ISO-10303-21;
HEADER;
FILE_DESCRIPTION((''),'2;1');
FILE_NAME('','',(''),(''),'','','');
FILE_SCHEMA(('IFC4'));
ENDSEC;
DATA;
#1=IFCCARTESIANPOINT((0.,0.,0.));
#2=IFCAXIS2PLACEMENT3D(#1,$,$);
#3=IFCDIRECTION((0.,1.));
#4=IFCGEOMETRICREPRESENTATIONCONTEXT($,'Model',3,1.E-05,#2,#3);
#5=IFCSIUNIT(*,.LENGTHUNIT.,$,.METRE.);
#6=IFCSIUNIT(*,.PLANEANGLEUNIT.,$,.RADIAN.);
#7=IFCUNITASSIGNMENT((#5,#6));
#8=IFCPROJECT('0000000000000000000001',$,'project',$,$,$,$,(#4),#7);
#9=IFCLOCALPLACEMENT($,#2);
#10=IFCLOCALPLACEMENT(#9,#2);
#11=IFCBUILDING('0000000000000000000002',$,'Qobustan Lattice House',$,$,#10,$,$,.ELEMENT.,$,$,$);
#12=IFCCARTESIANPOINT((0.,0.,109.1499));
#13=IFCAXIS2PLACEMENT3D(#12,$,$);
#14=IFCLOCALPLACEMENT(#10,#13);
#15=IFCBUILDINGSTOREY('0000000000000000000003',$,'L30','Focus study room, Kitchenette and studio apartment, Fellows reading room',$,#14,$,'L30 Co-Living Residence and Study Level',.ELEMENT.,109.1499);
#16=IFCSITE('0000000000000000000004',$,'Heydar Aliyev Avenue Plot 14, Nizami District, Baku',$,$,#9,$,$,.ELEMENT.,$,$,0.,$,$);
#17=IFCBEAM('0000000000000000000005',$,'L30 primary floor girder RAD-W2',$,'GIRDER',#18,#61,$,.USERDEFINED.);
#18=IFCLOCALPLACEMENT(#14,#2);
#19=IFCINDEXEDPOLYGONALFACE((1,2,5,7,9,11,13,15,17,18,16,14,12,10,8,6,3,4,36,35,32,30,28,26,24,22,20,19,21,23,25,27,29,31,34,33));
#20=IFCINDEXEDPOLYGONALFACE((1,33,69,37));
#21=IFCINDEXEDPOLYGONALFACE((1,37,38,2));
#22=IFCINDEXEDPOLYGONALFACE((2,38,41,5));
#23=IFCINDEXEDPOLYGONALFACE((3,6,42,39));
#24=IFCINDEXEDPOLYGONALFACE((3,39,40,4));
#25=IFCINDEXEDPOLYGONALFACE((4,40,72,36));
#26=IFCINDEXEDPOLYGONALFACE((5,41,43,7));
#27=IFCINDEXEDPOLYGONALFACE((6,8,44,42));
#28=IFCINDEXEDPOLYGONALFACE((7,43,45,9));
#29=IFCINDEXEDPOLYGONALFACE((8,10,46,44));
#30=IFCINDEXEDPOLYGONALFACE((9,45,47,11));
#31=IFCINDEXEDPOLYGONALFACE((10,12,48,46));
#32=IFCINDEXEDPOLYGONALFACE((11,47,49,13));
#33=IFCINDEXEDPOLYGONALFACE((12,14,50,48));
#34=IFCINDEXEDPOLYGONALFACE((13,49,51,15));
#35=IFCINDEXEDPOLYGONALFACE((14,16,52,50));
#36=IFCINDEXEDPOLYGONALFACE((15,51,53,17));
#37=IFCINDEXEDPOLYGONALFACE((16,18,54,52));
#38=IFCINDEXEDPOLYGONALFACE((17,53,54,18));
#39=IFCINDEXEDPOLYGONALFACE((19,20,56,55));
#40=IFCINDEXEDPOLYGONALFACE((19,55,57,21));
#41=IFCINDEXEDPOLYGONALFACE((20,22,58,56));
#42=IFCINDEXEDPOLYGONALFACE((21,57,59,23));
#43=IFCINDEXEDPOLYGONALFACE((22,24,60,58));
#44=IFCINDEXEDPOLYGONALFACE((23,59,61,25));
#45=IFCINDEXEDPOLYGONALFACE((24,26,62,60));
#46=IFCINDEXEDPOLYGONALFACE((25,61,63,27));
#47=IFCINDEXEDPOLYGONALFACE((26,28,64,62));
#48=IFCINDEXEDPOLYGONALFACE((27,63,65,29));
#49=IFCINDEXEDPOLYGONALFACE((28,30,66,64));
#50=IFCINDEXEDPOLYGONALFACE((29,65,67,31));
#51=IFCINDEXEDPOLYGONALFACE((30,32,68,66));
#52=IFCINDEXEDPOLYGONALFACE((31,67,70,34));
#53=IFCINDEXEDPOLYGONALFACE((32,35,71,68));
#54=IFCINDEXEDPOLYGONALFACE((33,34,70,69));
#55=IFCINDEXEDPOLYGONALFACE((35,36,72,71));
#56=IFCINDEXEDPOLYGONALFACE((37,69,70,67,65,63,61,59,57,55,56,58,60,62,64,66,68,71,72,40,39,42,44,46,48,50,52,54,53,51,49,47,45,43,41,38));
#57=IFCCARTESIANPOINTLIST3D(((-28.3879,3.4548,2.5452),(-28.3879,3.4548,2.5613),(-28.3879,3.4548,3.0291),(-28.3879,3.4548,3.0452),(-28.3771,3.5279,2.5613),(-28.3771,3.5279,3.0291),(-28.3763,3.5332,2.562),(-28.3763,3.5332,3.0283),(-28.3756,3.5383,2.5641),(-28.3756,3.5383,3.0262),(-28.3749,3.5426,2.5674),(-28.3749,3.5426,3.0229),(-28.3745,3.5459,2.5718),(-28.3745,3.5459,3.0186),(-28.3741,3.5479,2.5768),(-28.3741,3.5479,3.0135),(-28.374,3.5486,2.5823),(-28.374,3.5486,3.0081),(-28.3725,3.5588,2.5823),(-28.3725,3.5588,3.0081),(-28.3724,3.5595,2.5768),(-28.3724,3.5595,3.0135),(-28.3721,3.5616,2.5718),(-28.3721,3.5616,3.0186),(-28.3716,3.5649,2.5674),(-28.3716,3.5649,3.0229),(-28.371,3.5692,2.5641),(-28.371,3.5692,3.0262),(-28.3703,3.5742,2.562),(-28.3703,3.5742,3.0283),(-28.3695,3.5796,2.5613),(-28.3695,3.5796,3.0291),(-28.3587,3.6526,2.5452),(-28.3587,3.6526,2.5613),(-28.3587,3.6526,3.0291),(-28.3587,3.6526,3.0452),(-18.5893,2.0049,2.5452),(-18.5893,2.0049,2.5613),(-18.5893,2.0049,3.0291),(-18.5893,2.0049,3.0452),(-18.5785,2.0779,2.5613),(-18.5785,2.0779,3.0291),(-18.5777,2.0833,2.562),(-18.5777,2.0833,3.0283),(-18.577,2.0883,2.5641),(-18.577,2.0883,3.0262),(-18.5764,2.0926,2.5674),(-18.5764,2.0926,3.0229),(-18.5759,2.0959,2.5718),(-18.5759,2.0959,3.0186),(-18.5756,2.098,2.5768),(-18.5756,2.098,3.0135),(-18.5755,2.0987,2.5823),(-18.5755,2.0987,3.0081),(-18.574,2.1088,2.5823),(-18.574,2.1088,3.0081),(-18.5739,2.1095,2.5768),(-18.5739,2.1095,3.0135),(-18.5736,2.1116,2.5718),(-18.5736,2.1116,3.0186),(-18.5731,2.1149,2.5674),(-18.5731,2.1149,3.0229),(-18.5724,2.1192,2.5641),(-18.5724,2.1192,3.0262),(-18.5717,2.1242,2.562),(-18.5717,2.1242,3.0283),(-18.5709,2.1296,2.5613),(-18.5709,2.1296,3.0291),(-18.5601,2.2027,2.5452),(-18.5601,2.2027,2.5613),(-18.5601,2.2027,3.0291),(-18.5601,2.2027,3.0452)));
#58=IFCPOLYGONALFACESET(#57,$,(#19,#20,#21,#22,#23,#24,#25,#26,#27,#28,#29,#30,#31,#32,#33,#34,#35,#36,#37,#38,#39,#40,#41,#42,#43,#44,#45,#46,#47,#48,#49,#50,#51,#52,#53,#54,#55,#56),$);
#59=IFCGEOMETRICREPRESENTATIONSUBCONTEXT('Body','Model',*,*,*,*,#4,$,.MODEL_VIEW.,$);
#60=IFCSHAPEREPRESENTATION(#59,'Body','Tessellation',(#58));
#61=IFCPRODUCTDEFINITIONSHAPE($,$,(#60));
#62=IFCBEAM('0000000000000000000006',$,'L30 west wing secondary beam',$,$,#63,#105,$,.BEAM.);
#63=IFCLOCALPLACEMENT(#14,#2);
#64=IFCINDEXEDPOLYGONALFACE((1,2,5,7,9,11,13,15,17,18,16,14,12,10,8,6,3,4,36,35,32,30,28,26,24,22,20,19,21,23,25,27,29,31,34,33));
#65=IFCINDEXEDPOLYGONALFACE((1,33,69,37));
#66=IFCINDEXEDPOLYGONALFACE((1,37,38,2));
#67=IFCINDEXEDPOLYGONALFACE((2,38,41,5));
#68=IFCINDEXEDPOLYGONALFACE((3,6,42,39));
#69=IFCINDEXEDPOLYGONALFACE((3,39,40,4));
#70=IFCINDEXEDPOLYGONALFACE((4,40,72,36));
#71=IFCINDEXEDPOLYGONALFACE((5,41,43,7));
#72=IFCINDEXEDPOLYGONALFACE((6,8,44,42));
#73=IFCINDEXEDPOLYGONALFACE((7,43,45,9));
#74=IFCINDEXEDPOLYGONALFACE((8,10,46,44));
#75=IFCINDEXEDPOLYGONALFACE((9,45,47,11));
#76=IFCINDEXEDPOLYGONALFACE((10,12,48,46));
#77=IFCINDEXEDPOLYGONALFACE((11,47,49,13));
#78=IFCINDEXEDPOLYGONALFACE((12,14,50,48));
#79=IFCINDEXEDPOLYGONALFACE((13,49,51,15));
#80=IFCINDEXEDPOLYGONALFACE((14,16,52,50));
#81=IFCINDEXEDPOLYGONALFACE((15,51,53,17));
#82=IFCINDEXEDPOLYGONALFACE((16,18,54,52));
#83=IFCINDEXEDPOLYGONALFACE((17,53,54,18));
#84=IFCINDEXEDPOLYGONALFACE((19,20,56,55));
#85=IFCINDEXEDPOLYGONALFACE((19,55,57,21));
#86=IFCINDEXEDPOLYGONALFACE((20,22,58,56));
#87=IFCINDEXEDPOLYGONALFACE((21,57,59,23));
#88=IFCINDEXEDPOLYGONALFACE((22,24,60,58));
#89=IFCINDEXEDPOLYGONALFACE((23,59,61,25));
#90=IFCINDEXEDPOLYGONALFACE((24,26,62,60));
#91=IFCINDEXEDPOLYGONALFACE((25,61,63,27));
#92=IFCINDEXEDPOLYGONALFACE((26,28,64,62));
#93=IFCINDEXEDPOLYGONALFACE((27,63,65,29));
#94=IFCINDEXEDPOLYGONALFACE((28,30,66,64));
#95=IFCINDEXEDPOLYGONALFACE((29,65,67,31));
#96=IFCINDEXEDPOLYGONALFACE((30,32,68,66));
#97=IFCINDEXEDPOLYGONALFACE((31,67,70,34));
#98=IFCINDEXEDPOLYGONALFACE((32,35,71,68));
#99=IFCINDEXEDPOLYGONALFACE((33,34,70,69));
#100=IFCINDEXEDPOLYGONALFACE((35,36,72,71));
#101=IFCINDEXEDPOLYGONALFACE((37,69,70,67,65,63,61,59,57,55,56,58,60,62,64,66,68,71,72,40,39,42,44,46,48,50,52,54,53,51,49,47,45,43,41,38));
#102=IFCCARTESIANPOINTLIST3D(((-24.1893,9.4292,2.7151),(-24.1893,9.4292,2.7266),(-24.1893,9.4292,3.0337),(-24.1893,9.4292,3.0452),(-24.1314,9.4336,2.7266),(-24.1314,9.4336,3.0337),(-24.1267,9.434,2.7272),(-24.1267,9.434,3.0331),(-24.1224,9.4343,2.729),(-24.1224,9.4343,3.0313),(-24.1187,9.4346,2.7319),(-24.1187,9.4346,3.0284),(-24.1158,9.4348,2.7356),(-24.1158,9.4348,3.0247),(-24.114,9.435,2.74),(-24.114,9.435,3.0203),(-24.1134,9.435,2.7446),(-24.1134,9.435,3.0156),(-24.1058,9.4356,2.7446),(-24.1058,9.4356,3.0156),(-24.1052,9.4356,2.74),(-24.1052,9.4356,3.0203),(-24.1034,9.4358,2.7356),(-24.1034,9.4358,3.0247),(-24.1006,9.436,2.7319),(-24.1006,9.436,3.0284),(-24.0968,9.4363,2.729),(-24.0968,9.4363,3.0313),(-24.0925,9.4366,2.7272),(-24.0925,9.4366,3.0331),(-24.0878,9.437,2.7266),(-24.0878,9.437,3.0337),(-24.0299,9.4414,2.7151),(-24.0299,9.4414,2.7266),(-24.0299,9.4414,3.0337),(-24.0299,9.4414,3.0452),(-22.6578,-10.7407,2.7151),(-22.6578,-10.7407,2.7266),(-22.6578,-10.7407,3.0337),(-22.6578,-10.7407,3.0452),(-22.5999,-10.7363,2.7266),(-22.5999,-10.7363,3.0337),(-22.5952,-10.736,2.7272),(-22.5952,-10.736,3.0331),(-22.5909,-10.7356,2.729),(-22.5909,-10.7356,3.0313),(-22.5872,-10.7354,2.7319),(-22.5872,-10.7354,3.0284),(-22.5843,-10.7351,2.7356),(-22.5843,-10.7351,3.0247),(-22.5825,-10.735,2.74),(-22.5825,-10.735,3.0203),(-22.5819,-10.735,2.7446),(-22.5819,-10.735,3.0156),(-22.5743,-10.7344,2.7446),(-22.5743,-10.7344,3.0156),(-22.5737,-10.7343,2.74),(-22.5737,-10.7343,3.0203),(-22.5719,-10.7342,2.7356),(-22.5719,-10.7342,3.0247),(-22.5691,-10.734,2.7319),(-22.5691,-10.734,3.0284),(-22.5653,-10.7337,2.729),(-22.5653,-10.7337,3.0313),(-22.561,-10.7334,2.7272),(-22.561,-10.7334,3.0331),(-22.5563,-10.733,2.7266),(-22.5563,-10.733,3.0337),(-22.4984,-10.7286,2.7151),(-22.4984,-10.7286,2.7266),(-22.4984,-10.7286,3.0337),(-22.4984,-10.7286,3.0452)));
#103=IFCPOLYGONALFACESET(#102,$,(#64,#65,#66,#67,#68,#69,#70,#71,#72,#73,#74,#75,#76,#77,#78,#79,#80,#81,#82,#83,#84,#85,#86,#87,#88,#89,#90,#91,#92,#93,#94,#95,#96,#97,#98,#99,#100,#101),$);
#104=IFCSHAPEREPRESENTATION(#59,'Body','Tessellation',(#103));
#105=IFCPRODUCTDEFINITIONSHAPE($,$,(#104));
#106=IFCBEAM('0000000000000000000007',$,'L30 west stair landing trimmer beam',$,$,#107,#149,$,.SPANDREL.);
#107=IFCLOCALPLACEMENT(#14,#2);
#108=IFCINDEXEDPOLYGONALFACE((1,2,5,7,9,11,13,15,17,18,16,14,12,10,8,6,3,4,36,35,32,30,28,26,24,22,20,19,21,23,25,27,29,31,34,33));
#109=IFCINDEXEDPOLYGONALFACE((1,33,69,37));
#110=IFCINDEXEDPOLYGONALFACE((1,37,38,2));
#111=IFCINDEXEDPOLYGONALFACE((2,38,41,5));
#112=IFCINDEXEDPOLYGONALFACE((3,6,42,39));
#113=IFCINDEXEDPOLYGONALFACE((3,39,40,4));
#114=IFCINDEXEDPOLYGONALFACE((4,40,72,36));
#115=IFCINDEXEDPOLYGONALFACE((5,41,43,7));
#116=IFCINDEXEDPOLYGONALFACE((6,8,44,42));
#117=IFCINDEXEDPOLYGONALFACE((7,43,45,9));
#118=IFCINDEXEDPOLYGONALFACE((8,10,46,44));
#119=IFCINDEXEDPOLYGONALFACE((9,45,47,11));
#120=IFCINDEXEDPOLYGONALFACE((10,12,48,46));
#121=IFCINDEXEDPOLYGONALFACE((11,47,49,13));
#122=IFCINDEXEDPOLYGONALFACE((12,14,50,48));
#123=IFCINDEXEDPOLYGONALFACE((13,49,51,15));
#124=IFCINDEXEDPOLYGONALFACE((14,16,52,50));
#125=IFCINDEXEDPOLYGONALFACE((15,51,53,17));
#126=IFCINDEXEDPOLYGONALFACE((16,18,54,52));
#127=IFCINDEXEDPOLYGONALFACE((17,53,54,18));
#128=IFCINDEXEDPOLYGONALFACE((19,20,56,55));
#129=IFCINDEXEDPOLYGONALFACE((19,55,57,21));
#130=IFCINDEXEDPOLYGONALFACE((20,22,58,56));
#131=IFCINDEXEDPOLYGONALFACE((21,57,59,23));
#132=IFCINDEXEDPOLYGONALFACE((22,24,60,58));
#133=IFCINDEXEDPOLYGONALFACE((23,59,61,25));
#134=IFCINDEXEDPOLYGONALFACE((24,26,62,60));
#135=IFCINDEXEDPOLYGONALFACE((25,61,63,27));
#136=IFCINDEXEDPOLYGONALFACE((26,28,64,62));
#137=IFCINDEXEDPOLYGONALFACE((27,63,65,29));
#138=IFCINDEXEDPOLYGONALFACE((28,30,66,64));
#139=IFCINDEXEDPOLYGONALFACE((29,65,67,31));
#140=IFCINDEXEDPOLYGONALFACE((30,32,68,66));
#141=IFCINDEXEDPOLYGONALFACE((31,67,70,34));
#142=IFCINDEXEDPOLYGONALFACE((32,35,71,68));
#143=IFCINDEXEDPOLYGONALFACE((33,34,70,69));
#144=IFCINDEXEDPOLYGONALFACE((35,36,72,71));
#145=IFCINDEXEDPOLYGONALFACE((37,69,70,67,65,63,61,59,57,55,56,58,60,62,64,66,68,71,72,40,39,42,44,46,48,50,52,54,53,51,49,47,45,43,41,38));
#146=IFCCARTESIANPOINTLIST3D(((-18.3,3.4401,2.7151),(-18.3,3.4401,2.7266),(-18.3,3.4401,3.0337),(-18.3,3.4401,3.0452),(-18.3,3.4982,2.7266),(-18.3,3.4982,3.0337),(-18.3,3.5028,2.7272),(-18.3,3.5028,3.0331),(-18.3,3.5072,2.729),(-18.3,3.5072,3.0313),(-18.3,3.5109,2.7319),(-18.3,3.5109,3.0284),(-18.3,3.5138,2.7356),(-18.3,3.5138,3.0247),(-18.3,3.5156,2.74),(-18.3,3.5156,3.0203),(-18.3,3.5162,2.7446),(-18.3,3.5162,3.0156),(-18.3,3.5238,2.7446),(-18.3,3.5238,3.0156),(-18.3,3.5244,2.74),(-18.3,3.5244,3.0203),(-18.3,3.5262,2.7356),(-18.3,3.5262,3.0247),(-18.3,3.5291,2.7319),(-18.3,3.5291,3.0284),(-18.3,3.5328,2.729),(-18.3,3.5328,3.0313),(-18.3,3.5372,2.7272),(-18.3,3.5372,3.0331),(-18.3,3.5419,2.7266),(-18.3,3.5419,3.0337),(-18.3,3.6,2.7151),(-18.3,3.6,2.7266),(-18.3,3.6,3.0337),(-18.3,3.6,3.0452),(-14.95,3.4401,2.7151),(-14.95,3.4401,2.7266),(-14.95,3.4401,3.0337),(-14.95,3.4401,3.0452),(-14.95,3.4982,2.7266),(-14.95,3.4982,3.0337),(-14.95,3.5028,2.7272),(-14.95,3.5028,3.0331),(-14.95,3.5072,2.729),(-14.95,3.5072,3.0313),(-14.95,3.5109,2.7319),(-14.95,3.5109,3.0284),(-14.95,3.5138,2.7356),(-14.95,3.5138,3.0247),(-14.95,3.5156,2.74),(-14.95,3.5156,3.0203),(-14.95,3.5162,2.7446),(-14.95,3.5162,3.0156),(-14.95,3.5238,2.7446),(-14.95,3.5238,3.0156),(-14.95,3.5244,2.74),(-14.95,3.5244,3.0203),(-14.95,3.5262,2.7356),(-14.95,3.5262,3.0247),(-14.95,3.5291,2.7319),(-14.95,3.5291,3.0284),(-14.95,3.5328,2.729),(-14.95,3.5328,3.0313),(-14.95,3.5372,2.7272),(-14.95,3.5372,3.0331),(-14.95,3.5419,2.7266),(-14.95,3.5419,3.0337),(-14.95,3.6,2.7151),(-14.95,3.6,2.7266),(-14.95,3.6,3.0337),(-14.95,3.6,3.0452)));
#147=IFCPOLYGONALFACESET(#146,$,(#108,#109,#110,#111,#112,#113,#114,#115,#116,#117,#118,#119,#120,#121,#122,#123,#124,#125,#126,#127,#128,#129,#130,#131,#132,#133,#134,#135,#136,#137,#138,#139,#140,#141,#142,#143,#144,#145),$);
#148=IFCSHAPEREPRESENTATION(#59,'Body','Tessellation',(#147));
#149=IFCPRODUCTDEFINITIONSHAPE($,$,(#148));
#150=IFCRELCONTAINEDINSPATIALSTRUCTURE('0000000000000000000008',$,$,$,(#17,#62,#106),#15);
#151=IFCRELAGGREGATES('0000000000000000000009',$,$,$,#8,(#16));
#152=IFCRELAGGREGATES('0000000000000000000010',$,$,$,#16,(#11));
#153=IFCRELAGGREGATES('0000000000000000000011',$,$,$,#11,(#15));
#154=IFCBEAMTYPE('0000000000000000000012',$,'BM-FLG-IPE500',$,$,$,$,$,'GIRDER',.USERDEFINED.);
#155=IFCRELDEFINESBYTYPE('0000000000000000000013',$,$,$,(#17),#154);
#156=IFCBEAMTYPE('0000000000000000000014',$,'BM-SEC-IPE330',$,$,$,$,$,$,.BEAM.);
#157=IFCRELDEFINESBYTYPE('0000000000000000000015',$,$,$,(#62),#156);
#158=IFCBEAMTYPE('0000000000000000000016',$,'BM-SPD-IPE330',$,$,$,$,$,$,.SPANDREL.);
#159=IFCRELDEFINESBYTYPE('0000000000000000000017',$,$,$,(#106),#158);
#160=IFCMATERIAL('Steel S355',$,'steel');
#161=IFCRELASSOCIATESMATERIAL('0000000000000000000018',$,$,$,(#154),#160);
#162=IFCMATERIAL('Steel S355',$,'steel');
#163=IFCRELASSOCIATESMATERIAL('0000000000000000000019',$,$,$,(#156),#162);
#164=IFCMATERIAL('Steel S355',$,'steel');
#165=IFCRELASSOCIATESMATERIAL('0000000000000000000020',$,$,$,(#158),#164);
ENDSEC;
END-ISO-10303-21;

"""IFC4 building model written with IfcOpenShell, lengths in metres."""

from ifc_helpers import new_model, si_unit, direction, frame, origin, origin_2d, place, context, subcontext, project, spatial, i_section, extrude, material, material_profile, profile_set, type_object, element, save


model = new_model("IFC4")

# Units and contexts
model_context = context("Model", 3, precision=1e-05, world=origin(), true_north=direction((0.0, 1.0)))
body_context = subcontext(model_context, "Body", "Model", "MODEL_VIEW")
ifc_project = project(units=[si_unit("LENGTHUNIT", "METRE"), si_unit("PLANEANGLEUNIT", "RADIAN")], contexts=[model_context])

# Site, building, storey
site_placement = place(None, origin())
site = spatial("IfcSite", under=ifc_project, at=site_placement, Name="Heydar Aliyev Avenue Plot 14, Nizami District, Baku", CompositionType="ELEMENT", RefElevation=0.0)
building_placement = place(site_placement, origin())
building = spatial("IfcBuilding", under=site, at=building_placement, Name="Qobustan Lattice House", CompositionType="ELEMENT")
storey_placement = place(building_placement, frame((0.0, 0.0, 109.1499)))
storey = spatial("IfcBuildingStorey", under=building, at=storey_placement, Name="L30", Description="Focus study room, Kitchenette and studio apartment, Fellows reading room", LongName="L30 Co-Living Residence and Study Level", CompositionType="ELEMENT", Elevation=109.1499)

# Beams
ifc_material_1 = material(Name="Steel S355", Category="steel")
ifc_material_profile_1 = material_profile(ifc_material_1, i_section(OverallWidth=0.2, OverallDepth=0.5, WebThickness=0.0103, FlangeThickness=0.0161, FilletRadius=0.021, at=origin_2d()), Name="IPE500")
ifc_profile_set_1 = profile_set([ifc_material_profile_1], Name="Steel S355")
beam_type_1 = type_object("IfcBeamType", Name="BM-FLG-IPE500", ElementType="GIRDER", PredefinedType="USERDEFINED", material=ifc_profile_set_1)
beam_1_placement = place(storey_placement, frame((-28.3733, 3.5537, 2.7952), z_axis=(0.989228, -0.146382, 0.0), x_axis=(0.146382, 0.989228, 0.0)))
element("IfcBeam", 1, at=beam_1_placement, inside=storey, type_object=beam_type_1, Name="L30 primary floor girder RAD-W2", ObjectType="GIRDER", PredefinedType="USERDEFINED", context=body_context, shape_type="SweptSolid", body=[
    extrude(i_section(OverallWidth=0.2, OverallDepth=0.5, WebThickness=0.0103, FlangeThickness=0.0161, FilletRadius=0.021, at=origin_2d()), origin(), (0.0, 0.0, 1.0), 9.9053),
])
ifc_material_2 = material(Name="Steel S355", Category="steel")
ifc_material_profile_2 = material_profile(ifc_material_2, i_section(OverallWidth=0.1599, OverallDepth=0.3301, WebThickness=0.0076, FlangeThickness=0.0115, FilletRadius=0.0181, at=origin_2d()), Name="IPE330")
ifc_profile_set_2 = profile_set([ifc_material_profile_2], Name="Steel S355")
beam_type_2 = type_object("IfcBeamType", Name="BM-SEC-IPE330", PredefinedType="BEAM", material=ifc_profile_set_2)
beam_2_placement = place(storey_placement, frame((-24.1096, 9.4353, 2.8801), z_axis=(0.075712, -0.99713, 0.0), x_axis=(0.99713, 0.075712, 0.0)))
element("IfcBeam", 2, at=beam_2_placement, inside=storey, type_object=beam_type_2, Name="L30 west wing secondary beam", PredefinedType="BEAM", context=body_context, shape_type="SweptSolid", body=[
    extrude(i_section(OverallWidth=0.1599, OverallDepth=0.3301, WebThickness=0.0076, FlangeThickness=0.0115, FilletRadius=0.0181, at=origin_2d()), origin(), (0.0, 0.0, 1.0), 20.228),
])
ifc_material_3 = material(Name="Steel S355", Category="steel")
ifc_material_profile_3 = material_profile(ifc_material_3, i_section(OverallWidth=0.1599, OverallDepth=0.3301, WebThickness=0.0076, FlangeThickness=0.0115, FilletRadius=0.0181, at=origin_2d()), Name="IPE330")
ifc_profile_set_3 = profile_set([ifc_material_profile_3], Name="Steel S355")
beam_type_3 = type_object("IfcBeamType", Name="BM-SPD-IPE330", PredefinedType="SPANDREL", material=ifc_profile_set_3)
beam_3_placement = place(storey_placement, frame((-18.3, 3.52, 2.8801), z_axis=(1.0, 0.0, 0.0), x_axis=(0.0, 1.0, 0.0)))
element("IfcBeam", 3, at=beam_3_placement, inside=storey, type_object=beam_type_3, Name="L30 west stair landing trimmer beam", PredefinedType="SPANDREL", context=body_context, shape_type="SweptSolid", body=[
    extrude(i_section(OverallWidth=0.1599, OverallDepth=0.3301, WebThickness=0.0076, FlangeThickness=0.0115, FilletRadius=0.0181, at=origin_2d()), origin(), (0.0, 0.0, 1.0), 3.3501),
])

save(model, "model.ifc")
